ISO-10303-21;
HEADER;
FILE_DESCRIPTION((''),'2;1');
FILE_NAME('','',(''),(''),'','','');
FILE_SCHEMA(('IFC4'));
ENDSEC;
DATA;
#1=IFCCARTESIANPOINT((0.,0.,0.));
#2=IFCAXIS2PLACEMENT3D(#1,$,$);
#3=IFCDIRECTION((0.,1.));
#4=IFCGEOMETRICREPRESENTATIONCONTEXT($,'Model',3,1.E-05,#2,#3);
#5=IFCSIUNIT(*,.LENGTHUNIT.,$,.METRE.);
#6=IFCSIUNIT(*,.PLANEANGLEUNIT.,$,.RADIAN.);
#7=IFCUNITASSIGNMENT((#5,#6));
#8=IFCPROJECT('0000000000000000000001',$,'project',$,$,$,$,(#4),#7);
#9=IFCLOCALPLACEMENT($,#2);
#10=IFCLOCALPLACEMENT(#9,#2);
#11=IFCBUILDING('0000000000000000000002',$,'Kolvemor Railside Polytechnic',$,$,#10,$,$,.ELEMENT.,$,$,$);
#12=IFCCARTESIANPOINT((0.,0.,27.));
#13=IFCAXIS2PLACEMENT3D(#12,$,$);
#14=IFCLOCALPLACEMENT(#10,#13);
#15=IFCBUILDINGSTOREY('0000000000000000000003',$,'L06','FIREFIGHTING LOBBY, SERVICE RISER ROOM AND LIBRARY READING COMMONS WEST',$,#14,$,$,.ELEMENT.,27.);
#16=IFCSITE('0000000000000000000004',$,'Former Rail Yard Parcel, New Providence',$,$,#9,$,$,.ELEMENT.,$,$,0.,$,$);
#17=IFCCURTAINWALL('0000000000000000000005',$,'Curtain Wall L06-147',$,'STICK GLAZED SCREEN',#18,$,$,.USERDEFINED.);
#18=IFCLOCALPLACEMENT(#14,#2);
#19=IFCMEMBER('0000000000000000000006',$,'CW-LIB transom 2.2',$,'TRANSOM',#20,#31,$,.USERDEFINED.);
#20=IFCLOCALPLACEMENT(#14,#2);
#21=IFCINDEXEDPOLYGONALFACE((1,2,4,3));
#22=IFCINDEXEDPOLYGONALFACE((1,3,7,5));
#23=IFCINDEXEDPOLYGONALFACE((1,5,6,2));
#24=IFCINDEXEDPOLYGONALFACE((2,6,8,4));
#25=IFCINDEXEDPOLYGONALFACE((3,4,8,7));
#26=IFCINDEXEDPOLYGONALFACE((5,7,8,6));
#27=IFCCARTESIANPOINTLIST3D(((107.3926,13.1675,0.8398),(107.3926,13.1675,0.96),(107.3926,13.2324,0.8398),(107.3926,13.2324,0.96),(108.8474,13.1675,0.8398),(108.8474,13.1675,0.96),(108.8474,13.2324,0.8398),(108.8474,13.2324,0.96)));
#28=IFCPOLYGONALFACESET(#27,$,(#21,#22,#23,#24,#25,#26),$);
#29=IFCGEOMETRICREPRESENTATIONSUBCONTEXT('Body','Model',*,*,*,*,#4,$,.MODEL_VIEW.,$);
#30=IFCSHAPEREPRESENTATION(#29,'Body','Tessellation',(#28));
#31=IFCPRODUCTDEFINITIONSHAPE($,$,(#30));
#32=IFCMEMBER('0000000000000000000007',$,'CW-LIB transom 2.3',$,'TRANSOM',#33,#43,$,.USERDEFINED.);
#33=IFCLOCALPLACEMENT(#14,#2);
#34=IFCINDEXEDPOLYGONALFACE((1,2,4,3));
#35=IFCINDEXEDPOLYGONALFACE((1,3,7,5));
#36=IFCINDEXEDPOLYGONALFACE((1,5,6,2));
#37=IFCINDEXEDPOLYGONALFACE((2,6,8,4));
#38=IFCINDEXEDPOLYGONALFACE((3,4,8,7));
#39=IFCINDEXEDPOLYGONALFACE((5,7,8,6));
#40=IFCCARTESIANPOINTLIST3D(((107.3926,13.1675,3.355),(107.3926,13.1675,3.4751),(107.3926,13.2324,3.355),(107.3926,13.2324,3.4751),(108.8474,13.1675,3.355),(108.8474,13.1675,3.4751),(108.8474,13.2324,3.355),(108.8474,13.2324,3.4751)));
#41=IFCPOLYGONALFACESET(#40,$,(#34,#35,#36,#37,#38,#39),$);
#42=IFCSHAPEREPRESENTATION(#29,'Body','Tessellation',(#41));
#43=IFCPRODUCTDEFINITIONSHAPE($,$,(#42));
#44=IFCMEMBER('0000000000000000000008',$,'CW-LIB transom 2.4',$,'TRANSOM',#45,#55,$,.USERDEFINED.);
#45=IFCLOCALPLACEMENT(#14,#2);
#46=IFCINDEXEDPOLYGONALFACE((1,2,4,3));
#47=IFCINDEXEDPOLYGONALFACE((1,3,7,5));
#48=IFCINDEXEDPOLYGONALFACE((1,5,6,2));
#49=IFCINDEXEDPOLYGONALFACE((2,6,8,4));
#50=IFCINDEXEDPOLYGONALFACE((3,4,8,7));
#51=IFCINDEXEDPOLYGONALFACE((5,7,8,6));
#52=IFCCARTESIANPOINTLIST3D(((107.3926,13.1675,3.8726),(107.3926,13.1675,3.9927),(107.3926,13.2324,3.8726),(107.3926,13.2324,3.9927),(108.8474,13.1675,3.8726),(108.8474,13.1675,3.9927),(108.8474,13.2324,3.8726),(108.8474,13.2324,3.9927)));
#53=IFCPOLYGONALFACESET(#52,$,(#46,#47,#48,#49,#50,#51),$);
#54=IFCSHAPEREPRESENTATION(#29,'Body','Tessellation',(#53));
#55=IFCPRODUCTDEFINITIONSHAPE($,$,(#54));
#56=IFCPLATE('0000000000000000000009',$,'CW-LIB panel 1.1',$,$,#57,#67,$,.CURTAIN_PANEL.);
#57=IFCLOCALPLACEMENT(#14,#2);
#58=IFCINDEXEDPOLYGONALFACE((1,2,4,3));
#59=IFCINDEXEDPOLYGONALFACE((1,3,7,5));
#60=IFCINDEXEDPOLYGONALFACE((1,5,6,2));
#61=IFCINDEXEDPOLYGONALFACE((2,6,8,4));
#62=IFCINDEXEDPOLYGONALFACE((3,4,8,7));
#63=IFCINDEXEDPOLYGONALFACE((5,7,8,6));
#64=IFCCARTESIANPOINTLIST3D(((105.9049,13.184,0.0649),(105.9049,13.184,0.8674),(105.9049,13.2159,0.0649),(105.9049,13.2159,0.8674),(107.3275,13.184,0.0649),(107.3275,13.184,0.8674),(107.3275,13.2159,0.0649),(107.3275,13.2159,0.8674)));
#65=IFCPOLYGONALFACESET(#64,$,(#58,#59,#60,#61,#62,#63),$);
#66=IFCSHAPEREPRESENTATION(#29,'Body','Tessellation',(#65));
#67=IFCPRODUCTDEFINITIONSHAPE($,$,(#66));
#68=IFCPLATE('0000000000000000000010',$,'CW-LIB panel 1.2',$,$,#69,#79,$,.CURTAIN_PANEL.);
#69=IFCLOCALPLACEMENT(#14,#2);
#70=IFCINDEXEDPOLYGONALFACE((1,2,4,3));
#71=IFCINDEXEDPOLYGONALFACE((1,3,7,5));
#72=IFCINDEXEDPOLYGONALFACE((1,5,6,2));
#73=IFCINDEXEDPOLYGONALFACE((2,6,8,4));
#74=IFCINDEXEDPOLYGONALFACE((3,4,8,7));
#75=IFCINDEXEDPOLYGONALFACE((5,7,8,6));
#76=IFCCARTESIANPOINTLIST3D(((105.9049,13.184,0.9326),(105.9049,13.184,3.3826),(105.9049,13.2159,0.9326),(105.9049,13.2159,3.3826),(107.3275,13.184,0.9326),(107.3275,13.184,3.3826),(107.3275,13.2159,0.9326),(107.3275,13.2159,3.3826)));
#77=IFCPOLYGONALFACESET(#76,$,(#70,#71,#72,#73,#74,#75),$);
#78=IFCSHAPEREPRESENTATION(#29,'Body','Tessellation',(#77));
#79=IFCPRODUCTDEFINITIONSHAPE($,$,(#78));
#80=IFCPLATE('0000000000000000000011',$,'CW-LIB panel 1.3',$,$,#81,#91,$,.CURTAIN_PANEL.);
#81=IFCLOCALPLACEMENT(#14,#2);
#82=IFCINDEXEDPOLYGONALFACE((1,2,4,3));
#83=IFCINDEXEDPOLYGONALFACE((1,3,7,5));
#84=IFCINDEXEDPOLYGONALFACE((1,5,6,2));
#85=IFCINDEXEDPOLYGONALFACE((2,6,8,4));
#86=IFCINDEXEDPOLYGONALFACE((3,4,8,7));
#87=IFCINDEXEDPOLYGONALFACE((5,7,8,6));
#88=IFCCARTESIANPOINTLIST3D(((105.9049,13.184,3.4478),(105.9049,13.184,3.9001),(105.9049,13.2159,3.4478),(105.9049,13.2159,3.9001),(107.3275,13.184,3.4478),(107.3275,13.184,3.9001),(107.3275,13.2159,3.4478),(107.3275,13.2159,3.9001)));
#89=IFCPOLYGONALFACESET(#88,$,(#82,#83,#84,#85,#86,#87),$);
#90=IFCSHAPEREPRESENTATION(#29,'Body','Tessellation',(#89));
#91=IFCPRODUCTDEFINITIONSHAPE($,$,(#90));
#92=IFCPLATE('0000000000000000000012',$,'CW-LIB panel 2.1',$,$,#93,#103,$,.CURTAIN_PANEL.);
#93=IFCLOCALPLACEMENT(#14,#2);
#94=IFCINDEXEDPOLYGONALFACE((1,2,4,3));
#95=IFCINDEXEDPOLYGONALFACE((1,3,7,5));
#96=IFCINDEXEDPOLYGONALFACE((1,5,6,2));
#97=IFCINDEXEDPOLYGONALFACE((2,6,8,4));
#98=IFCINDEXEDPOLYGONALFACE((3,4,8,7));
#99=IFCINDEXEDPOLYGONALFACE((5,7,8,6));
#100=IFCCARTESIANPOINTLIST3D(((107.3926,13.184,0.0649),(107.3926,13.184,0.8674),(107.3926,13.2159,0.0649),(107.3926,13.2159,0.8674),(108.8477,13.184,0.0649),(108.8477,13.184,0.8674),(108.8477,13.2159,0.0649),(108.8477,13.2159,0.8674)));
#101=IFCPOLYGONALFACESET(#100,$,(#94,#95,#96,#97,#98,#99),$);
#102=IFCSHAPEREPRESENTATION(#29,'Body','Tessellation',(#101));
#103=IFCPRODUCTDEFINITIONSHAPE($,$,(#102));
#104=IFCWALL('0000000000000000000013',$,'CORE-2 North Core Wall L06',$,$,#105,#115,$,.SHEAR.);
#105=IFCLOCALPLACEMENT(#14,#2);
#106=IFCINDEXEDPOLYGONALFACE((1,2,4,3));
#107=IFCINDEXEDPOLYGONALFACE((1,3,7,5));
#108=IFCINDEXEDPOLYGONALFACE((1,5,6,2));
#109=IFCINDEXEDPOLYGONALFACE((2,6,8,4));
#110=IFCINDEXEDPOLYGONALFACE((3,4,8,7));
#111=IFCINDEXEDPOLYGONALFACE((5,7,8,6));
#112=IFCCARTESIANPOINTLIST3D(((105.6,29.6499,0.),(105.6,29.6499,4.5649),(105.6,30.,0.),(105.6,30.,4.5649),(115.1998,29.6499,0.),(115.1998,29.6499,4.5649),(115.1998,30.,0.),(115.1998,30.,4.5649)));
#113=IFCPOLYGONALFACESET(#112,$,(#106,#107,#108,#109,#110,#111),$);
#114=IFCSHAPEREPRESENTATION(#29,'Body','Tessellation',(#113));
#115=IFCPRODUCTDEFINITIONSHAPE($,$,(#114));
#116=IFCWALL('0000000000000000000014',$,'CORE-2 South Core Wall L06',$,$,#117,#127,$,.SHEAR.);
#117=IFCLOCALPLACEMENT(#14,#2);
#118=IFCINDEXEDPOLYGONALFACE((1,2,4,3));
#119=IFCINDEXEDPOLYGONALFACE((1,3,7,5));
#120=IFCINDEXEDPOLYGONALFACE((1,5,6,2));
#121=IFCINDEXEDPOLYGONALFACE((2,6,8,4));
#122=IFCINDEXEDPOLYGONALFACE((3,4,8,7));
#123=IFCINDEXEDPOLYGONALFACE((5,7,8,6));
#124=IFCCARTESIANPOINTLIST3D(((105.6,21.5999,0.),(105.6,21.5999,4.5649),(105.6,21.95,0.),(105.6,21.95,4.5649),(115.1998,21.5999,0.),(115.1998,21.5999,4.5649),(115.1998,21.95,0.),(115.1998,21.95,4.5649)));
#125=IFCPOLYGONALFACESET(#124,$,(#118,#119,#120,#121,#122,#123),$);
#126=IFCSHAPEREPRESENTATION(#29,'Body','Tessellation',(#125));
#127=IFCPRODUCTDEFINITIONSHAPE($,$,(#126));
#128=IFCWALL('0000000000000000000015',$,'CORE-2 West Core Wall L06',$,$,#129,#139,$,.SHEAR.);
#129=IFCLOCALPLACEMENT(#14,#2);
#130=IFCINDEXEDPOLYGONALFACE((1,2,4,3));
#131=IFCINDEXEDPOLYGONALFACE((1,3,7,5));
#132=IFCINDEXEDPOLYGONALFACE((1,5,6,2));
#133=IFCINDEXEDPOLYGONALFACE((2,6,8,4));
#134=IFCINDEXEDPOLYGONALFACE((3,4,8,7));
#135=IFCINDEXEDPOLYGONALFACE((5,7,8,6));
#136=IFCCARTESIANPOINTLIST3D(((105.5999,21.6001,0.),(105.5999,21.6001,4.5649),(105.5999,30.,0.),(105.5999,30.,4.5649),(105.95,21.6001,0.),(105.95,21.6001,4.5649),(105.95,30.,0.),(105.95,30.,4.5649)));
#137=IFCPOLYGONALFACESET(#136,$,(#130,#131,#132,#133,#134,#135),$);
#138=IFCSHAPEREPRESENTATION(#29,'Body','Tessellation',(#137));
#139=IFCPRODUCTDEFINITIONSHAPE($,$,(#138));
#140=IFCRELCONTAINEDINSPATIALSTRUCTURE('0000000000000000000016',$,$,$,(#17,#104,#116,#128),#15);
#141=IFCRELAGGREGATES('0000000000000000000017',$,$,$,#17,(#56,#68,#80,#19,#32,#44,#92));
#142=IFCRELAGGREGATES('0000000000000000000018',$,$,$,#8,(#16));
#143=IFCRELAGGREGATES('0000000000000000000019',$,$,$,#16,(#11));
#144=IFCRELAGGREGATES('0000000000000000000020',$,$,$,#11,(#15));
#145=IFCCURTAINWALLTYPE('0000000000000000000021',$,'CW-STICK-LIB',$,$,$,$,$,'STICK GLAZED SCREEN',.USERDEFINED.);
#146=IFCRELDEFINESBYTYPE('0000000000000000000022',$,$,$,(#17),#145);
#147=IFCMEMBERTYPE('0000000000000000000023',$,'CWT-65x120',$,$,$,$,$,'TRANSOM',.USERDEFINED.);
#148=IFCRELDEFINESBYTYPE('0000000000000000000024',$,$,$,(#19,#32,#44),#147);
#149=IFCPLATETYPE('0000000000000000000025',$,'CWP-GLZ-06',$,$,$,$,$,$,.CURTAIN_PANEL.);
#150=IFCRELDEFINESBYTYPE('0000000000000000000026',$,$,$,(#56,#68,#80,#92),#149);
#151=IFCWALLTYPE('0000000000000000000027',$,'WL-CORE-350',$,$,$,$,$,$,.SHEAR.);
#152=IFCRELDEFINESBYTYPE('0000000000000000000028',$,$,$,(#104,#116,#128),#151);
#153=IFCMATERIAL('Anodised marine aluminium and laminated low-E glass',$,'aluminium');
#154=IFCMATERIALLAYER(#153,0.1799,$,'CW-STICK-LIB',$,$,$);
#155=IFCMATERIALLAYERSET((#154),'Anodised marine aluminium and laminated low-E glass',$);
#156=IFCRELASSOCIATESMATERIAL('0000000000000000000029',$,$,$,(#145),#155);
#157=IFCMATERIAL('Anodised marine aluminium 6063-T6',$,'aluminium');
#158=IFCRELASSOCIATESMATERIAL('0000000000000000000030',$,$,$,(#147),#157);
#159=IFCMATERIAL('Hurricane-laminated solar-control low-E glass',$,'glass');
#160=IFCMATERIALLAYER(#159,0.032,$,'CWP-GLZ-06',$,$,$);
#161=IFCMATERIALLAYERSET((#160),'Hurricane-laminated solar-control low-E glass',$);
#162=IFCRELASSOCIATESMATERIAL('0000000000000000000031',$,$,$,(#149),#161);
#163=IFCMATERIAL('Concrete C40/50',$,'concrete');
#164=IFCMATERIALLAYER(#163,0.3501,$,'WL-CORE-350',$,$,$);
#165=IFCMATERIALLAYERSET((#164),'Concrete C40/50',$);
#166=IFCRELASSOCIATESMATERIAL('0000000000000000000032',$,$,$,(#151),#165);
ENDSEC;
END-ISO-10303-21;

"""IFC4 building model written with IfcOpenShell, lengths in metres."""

from ifc_helpers import new_model, si_unit, direction, frame, frame_2d, origin, origin_2d, place, context, subcontext, project, spatial, rectangle, extrude, material, layer, layer_set, material_profile, profile_set, type_object, element, aggregate, save


model = new_model("IFC4")

# Units and contexts
model_context = context("Model", 3, precision=1e-05, world=origin(), true_north=direction((0.0, 1.0)))
body_context = subcontext(model_context, "Body", "Model", "MODEL_VIEW")
ifc_project = project(units=[si_unit("LENGTHUNIT", "METRE"), si_unit("PLANEANGLEUNIT", "RADIAN")], contexts=[model_context])

# Site, building, storey
site_placement = place(None, origin())
site = spatial("IfcSite", under=ifc_project, at=site_placement, Name="Former Rail Yard Parcel, New Providence", CompositionType="ELEMENT", RefElevation=0.0)
building_placement = place(site_placement, origin())
building = spatial("IfcBuilding", under=site, at=building_placement, Name="Kolvemor Railside Polytechnic", CompositionType="ELEMENT")
storey_placement = place(building_placement, frame((0.0, 0.0, 27.0)))
storey = spatial("IfcBuildingStorey", under=building, at=storey_placement, Name="L06", Description="FIREFIGHTING LOBBY, SERVICE RISER ROOM AND LIBRARY READING COMMONS WEST", CompositionType="ELEMENT", Elevation=27.0)

# Curtain wall, members, plates
ifc_material_1 = material(Name="Anodised marine aluminium and laminated low-E glass", Category="aluminium")
ifc_layer_1 = layer(ifc_material_1, 0.1799, Name="CW-STICK-LIB")
ifc_layer_set_1 = layer_set([ifc_layer_1], Name="Anodised marine aluminium and laminated low-E glass")
curtain_wall_type = type_object("IfcCurtainWallType", Name="CW-STICK-LIB", ElementType="STICK GLAZED SCREEN", PredefinedType="USERDEFINED", material=ifc_layer_set_1)
curtain_wall_placement = place(storey_placement, origin())
curtain_wall = element("IfcCurtainWall", 1, at=curtain_wall_placement, inside=storey, type_object=curtain_wall_type, Name="Curtain Wall L06-147", ObjectType="STICK GLAZED SCREEN", PredefinedType="USERDEFINED")
ifc_material_2 = material(Name="Anodised marine aluminium 6063-T6", Category="aluminium")
ifc_material_profile_1 = material_profile(ifc_material_2, rectangle(XDim=0.0649, YDim=0.1201, at=origin_2d()), Name="CW-TRN-65x120")
ifc_profile_set_1 = profile_set([ifc_material_profile_1], Name="Anodised marine aluminium 6063-T6")
member_type_1 = type_object("IfcMemberType", Name="CWT-65x120", ElementType="TRANSOM", PredefinedType="USERDEFINED", material=ifc_profile_set_1)
member_1_placement = place(storey_placement, frame((107.3926, 13.2, 0.8999), z_axis=(1.0, 0.0, 0.0), x_axis=(0.0, 1.0, 0.0)))
member_1 = element("IfcMember", 2, at=member_1_placement, type_object=member_type_1, Name="CW-LIB transom 2.2", ObjectType="TRANSOM", PredefinedType="USERDEFINED", context=body_context, shape_type="SweptSolid", body=[
    extrude(rectangle(XDim=0.0649, YDim=0.1201, at=origin_2d()), origin(), (0.0, 0.0, 1.0), 1.4548),
])
member_2_placement = place(storey_placement, frame((107.3926, 13.2, 3.415), z_axis=(1.0, 0.0, 0.0), x_axis=(0.0, 1.0, 0.0)))
member_2 = element("IfcMember", 3, at=member_2_placement, type_object=member_type_1, Name="CW-LIB transom 2.3", ObjectType="TRANSOM", PredefinedType="USERDEFINED", context=body_context, shape_type="SweptSolid", body=[
    extrude(rectangle(XDim=0.0649, YDim=0.1201, at=origin_2d()), origin(), (0.0, 0.0, 1.0), 1.4548),
])
member_3_placement = place(storey_placement, frame((107.3926, 13.2, 3.9326), z_axis=(1.0, 0.0, 0.0), x_axis=(0.0, 1.0, 0.0)))
member_3 = element("IfcMember", 4, at=member_3_placement, type_object=member_type_1, Name="CW-LIB transom 2.4", ObjectType="TRANSOM", PredefinedType="USERDEFINED", context=body_context, shape_type="SweptSolid", body=[
    extrude(rectangle(XDim=0.0649, YDim=0.1201, at=origin_2d()), origin(), (0.0, 0.0, 1.0), 1.4548),
])
ifc_material_3 = material(Name="Hurricane-laminated solar-control low-E glass", Category="glass")
ifc_layer_2 = layer(ifc_material_3, 0.032, Name="CWP-GLZ-06")
ifc_layer_set_2 = layer_set([ifc_layer_2], Name="Hurricane-laminated solar-control low-E glass")
plate_type = type_object("IfcPlateType", Name="CWP-GLZ-06", PredefinedType="CURTAIN_PANEL", material=ifc_layer_set_2)
plate_1_placement = place(storey_placement, frame((106.6162, 13.2, 0.0649), z_axis=(0.0, 0.0, 1.0), x_axis=(1.0, 0.0, 0.0)))
plate_1 = element("IfcPlate", 5, at=plate_1_placement, type_object=plate_type, Name="CW-LIB panel 1.1", PredefinedType="CURTAIN_PANEL", context=body_context, shape_type="SweptSolid", body=[
    extrude(rectangle(XDim=1.4226, YDim=0.032, at=origin_2d()), origin(), (0.0, 0.0, 1.0), 0.8025),
])
plate_2_placement = place(storey_placement, frame((106.6162, 13.2, 0.9326), z_axis=(0.0, 0.0, 1.0), x_axis=(1.0, 0.0, 0.0)))
plate_2 = element("IfcPlate", 6, at=plate_2_placement, type_object=plate_type, Name="CW-LIB panel 1.2", PredefinedType="CURTAIN_PANEL", context=body_context, shape_type="SweptSolid", body=[
    extrude(rectangle(XDim=1.4226, YDim=0.032, at=origin_2d()), origin(), (0.0, 0.0, 1.0), 2.45),
])
plate_3_placement = place(storey_placement, frame((106.6162, 13.2, 3.4478), z_axis=(0.0, 0.0, 1.0), x_axis=(1.0, 0.0, 0.0)))
plate_3 = element("IfcPlate", 7, at=plate_3_placement, type_object=plate_type, Name="CW-LIB panel 1.3", PredefinedType="CURTAIN_PANEL", context=body_context, shape_type="SweptSolid", body=[
    extrude(rectangle(XDim=1.4226, YDim=0.032, at=origin_2d()), origin(), (0.0, 0.0, 1.0), 0.4524),
])
plate_4_placement = place(storey_placement, frame((108.1201, 13.2, 0.0649), z_axis=(0.0, 0.0, 1.0), x_axis=(1.0, 0.0, 0.0)))
plate_4 = element("IfcPlate", 8, at=plate_4_placement, type_object=plate_type, Name="CW-LIB panel 2.1", PredefinedType="CURTAIN_PANEL", context=body_context, shape_type="SweptSolid", body=[
    extrude(rectangle(XDim=1.4551, YDim=0.032, at=origin_2d()), origin(), (0.0, 0.0, 1.0), 0.8025),
])
aggregate(curtain_wall, [plate_1, plate_2, plate_3, member_1, member_2, member_3, plate_4])

# Walls
ifc_material_4 = material(Name="Concrete C40/50", Category="concrete")
ifc_layer_3 = layer(ifc_material_4, 0.3501, Name="WL-CORE-350")
ifc_layer_set_3 = layer_set([ifc_layer_3], Name="Concrete C40/50")
wall_type = type_object("IfcWallType", Name="WL-CORE-350", PredefinedType="SHEAR", material=ifc_layer_set_3)
for number, where, z_axis, x_axis, name in (
    (9, (105.6001, 29.825, 0.0), (0.0, 0.0, 1.0), (1.0, 0.0, 0.0), "CORE-2 North Core Wall L06"),
    (10, (105.6001, 21.7749, 0.0), (0.0, 0.0, 1.0), (1.0, 0.0, 0.0), "CORE-2 South Core Wall L06"),
):
    element("IfcWall", number, at=place(storey_placement, frame(where, z_axis=z_axis, x_axis=x_axis)), inside=storey, type_object=wall_type, Name=name, PredefinedType="SHEAR", context=body_context, shape_type="SweptSolid", body=[
        extrude(rectangle(XDim=9.5999, YDim=0.3501, at=frame_2d((4.7998, 0.0))), origin(), (0.0, 0.0, 1.0), 4.5649),
    ])
wall_placement = place(storey_placement, frame((105.7749, 21.6001, 0.0), z_axis=(0.0, 0.0, 1.0), x_axis=(0.0, 1.0, 0.0)))
element("IfcWall", 11, at=wall_placement, inside=storey, type_object=wall_type, Name="CORE-2 West Core Wall L06", PredefinedType="SHEAR", context=body_context, shape_type="SweptSolid", body=[
    extrude(rectangle(XDim=8.3999, YDim=0.3501, at=frame_2d((4.2, 0.0))), origin(), (0.0, 0.0, 1.0), 4.5649),
])

save(model, "model.ifc")
